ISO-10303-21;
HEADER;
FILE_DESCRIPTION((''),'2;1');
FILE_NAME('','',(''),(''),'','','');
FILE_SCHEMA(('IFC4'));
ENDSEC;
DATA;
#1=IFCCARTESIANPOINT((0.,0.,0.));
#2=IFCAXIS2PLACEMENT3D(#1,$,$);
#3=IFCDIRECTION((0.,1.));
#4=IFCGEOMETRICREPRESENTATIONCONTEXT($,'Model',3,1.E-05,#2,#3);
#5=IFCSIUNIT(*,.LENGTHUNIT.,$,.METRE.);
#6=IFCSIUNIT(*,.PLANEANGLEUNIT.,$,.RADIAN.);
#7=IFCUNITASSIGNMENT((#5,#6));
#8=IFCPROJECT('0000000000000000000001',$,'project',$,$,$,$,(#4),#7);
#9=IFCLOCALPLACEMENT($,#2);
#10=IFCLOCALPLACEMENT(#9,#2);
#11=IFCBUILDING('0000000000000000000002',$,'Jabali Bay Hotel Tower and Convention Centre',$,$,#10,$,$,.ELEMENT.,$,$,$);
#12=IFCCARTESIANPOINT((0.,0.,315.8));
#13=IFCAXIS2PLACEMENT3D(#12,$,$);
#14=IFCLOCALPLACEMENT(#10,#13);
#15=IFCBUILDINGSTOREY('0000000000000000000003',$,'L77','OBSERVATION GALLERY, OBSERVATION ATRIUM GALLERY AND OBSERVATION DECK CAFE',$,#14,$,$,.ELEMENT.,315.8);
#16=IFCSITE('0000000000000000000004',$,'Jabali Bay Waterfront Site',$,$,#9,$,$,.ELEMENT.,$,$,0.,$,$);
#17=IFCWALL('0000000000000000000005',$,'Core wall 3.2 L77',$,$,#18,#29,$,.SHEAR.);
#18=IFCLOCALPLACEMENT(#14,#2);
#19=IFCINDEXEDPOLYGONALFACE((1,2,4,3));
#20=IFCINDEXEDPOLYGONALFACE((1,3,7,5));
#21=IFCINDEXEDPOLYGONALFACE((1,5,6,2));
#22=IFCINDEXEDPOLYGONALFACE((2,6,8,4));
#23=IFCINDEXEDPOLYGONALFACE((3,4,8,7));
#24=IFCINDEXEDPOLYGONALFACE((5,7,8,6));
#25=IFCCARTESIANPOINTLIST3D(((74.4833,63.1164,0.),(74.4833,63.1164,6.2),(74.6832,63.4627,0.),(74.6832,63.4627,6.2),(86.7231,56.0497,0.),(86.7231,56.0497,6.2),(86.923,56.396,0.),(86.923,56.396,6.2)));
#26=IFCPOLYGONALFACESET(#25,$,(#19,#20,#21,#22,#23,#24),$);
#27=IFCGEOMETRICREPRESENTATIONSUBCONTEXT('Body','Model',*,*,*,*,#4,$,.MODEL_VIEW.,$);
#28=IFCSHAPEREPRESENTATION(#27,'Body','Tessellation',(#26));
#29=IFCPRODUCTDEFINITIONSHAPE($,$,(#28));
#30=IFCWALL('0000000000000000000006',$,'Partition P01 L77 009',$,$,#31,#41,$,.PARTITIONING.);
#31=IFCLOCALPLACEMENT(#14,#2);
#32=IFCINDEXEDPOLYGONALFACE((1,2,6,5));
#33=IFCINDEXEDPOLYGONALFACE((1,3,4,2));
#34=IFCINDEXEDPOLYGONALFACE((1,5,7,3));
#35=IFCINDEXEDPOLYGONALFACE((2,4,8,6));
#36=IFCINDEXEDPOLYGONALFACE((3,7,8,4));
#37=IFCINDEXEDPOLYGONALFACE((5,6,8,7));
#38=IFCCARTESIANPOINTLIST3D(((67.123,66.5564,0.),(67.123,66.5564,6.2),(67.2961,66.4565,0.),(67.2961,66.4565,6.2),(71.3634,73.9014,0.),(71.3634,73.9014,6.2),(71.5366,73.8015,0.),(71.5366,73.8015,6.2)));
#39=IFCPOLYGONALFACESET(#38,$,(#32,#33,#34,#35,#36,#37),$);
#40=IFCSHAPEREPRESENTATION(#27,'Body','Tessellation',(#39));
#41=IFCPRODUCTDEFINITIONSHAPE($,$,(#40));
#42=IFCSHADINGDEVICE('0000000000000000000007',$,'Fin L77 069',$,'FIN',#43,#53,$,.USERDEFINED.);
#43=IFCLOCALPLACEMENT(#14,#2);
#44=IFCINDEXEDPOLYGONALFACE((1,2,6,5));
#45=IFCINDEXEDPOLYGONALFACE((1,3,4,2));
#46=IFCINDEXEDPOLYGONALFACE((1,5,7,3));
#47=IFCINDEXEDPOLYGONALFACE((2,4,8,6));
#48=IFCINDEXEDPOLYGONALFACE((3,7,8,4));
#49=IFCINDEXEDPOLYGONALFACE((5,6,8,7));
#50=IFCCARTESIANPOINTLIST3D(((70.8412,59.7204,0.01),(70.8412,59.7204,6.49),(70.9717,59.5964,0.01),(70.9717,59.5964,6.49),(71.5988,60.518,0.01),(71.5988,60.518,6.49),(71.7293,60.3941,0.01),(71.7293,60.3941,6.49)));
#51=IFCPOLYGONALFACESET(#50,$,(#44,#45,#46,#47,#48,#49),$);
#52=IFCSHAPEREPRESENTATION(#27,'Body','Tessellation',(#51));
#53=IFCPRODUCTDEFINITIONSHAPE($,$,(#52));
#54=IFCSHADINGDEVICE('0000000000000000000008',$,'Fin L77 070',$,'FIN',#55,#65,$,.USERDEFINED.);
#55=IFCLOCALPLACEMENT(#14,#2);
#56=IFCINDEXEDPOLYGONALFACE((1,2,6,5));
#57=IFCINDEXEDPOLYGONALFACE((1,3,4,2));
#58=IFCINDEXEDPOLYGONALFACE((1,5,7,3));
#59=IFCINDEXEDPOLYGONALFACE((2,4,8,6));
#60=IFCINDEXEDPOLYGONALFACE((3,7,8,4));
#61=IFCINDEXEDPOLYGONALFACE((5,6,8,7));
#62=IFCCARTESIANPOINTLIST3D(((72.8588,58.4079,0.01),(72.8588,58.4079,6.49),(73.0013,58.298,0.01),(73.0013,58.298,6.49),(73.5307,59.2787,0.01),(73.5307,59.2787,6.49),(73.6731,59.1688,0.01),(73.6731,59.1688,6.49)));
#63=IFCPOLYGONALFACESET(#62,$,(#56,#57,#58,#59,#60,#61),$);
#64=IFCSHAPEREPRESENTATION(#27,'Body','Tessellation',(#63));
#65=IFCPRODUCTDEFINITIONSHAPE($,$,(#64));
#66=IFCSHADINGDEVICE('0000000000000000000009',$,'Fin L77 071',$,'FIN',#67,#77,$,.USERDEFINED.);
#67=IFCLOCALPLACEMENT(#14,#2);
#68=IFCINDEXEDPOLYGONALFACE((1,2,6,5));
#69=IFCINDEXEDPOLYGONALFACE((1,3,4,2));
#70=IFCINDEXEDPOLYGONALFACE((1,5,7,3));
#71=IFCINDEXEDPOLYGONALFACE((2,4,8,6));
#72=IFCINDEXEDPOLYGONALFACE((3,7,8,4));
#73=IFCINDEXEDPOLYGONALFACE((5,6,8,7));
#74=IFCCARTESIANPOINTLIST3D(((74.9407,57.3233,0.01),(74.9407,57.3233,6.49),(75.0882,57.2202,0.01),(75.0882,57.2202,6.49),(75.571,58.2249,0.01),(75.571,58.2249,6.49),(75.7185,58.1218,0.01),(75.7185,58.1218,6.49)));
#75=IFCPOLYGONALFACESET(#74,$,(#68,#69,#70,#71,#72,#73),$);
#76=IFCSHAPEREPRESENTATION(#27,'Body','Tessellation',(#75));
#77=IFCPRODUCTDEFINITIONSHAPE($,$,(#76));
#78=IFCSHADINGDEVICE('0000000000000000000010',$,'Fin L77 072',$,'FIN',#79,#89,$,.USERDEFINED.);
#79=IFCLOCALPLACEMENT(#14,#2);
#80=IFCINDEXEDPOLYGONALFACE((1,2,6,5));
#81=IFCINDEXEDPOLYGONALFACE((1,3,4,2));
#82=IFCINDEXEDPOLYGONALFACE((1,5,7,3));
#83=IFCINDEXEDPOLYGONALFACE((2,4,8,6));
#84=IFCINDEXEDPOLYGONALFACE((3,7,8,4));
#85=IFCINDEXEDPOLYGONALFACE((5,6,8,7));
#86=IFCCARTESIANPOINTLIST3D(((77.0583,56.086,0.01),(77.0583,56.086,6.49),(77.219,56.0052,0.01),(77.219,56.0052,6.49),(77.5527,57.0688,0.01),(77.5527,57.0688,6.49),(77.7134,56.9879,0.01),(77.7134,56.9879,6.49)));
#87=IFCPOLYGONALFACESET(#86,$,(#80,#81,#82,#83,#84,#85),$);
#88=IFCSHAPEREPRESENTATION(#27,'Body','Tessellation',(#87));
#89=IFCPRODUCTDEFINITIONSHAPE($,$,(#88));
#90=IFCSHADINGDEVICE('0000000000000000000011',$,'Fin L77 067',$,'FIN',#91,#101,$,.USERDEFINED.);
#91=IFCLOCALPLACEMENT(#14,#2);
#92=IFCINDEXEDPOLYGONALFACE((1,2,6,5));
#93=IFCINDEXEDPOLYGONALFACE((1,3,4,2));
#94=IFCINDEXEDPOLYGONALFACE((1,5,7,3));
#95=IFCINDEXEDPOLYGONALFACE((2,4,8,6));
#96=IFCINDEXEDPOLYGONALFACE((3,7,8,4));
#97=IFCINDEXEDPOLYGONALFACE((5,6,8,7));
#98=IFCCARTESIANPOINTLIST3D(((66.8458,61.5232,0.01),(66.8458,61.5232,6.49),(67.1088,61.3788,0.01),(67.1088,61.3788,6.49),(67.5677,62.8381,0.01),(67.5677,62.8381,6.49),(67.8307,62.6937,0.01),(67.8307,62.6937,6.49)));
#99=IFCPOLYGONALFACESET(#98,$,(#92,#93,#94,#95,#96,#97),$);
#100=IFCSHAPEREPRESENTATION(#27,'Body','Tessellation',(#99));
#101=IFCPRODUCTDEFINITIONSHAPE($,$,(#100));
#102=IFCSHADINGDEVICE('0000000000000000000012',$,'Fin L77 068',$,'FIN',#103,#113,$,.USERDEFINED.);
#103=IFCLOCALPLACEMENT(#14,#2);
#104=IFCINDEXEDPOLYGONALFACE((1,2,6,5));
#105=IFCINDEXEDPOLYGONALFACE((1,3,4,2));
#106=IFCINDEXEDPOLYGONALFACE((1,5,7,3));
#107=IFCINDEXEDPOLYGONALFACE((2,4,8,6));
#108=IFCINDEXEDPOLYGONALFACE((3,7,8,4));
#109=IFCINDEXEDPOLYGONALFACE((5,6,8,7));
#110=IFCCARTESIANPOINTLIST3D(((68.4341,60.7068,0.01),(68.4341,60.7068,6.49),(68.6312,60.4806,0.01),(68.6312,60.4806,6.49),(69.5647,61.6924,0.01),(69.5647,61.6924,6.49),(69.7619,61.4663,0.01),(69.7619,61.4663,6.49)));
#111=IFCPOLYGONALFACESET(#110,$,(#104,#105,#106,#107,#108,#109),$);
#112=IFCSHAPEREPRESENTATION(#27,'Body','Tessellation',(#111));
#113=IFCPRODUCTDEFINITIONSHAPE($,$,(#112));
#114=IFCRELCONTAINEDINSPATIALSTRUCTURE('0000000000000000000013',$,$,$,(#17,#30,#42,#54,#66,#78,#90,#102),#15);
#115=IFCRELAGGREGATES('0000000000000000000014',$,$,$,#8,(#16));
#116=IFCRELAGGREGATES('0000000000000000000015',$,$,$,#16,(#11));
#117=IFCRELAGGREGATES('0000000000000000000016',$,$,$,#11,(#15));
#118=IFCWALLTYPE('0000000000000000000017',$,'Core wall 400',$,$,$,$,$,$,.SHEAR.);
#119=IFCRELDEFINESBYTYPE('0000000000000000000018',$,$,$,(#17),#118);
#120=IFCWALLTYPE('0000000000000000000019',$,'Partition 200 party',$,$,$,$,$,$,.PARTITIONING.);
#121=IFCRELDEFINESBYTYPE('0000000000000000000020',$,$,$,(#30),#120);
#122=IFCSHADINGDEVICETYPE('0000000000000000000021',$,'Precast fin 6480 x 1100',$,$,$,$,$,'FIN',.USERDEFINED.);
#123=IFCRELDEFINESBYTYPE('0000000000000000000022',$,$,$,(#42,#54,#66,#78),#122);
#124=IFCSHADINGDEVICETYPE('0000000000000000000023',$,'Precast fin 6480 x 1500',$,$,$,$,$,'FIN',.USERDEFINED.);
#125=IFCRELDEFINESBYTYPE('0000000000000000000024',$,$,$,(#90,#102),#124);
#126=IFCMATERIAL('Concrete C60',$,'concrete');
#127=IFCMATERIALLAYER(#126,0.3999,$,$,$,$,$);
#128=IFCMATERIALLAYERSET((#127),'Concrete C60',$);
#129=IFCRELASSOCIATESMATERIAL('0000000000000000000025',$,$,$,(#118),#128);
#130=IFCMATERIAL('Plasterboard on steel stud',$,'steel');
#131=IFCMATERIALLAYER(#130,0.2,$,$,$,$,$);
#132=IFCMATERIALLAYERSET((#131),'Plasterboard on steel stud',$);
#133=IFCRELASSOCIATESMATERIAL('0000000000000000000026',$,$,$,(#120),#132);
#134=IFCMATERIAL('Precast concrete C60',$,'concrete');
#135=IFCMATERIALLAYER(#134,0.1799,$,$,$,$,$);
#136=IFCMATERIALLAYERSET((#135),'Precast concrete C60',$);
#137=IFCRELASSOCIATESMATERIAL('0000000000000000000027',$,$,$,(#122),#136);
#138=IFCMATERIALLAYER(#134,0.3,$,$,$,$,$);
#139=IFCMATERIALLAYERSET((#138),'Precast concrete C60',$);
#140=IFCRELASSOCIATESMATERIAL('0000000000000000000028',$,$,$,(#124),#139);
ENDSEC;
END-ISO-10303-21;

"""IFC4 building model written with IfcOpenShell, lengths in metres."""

from ifc_helpers import new_model, si_unit, direction, frame, frame_2d, origin, place, context, subcontext, project, spatial, rectangle, extrude, material, layer, layer_set, type_object, element, save


model = new_model("IFC4")

# Units and contexts
model_context = context("Model", 3, precision=1e-05, world=origin(), true_north=direction((0.0, 1.0)))
body_context = subcontext(model_context, "Body", "Model", "MODEL_VIEW")
ifc_project = project(units=[si_unit("LENGTHUNIT", "METRE"), si_unit("PLANEANGLEUNIT", "RADIAN")], contexts=[model_context])

# Site, building, storey
site_placement = place(None, origin())
site = spatial("IfcSite", under=ifc_project, at=site_placement, Name="Jabali Bay Waterfront Site", CompositionType="ELEMENT", RefElevation=0.0)
building_placement = place(site_placement, origin())
building = spatial("IfcBuilding", under=site, at=building_placement, Name="Jabali Bay Hotel Tower and Convention Centre", CompositionType="ELEMENT")
storey_placement = place(building_placement, frame((0.0, 0.0, 315.8)))
storey = spatial("IfcBuildingStorey", under=building, at=storey_placement, Name="L77", Description="OBSERVATION GALLERY, OBSERVATION ATRIUM GALLERY AND OBSERVATION DECK CAFE", CompositionType="ELEMENT", Elevation=315.8)

# Shared definitions
ifc_material_1 = material(Name="Concrete C60", Category="concrete")

# Walls
ifc_layer_1 = layer(ifc_material_1, 0.3999)
ifc_layer_set_1 = layer_set([ifc_layer_1], Name="Concrete C60")
wall_type_1 = type_object("IfcWallType", Name="Core wall 400", PredefinedType="SHEAR", material=ifc_layer_set_1)
wall_1_placement = place(storey_placement, frame((74.5833, 63.2896, 0.0), z_axis=(0.0, 0.0, 1.0), x_axis=(0.866024, -0.500002, 0.0)))
element("IfcWall", 1, at=wall_1_placement, inside=storey, type_object=wall_type_1, Name="Core wall 3.2 L77", PredefinedType="SHEAR", context=body_context, shape_type="SweptSolid", body=[
    extrude(rectangle(XDim=14.1333, YDim=0.3999, at=frame_2d((7.0667, 0.0))), origin(), (0.0, 0.0, 1.0), 6.2),
])
ifc_material_2 = material(Name="Plasterboard on steel stud", Category="steel")
ifc_layer_2 = layer(ifc_material_2, 0.2)
ifc_layer_set_2 = layer_set([ifc_layer_2], Name="Plasterboard on steel stud")
wall_type_2 = type_object("IfcWallType", Name="Partition 200 party", PredefinedType="PARTITIONING", material=ifc_layer_set_2)
wall_2_placement = place(storey_placement, frame((67.2095, 66.5063, 0.0), z_axis=(0.0, 0.0, 1.0), x_axis=(0.499987, 0.866033, 0.0)))
element("IfcWall", 2, at=wall_2_placement, inside=storey, type_object=wall_type_2, Name="Partition P01 L77 009", PredefinedType="PARTITIONING", context=body_context, shape_type="SweptSolid", body=[
    extrude(rectangle(XDim=8.4812, YDim=0.2, at=frame_2d((4.2407, 0.0))), origin(), (0.0, 0.0, 1.0), 6.2),
])

# Shading devices
ifc_material_3 = material(Name="Precast concrete C60", Category="concrete")
ifc_layer_3 = layer(ifc_material_3, 0.1799)
ifc_layer_set_3 = layer_set([ifc_layer_3], Name="Precast concrete C60")
shading_device_type_1 = type_object("IfcShadingDeviceType", Name="Precast fin 6480 x 1100", ElementType="FIN", PredefinedType="USERDEFINED", material=ifc_layer_set_3)
shading_device_1_placement = place(storey_placement, frame((71.6641, 60.4561, 0.01), z_axis=(0.0, 0.0, 1.0), x_axis=(-0.688674, -0.725071, 0.0)))
element("IfcShadingDevice", 3, at=shading_device_1_placement, inside=storey, type_object=shading_device_type_1, Name="Fin L77 069", ObjectType="FIN", PredefinedType="USERDEFINED", context=body_context, shape_type="SweptSolid", body=[
    extrude(rectangle(XDim=1.1001, YDim=0.1799, at=frame_2d((0.55, 0.0))), origin(), (0.0, 0.0, 1.0), 6.48),
])
shading_device_2_placement = place(storey_placement, frame((73.6018, 59.2236, 0.01), z_axis=(0.0, 0.0, 1.0), x_axis=(-0.610847, -0.791749, 0.0)))
element("IfcShadingDevice", 4, at=shading_device_2_placement, inside=storey, type_object=shading_device_type_1, Name="Fin L77 070", ObjectType="FIN", PredefinedType="USERDEFINED", context=body_context, shape_type="SweptSolid", body=[
    extrude(rectangle(XDim=1.0999, YDim=0.1799, at=frame_2d((0.5498, 0.0))), origin(), (0.0, 0.0, 1.0), 6.48),
])
for number, where, z_axis, x_axis, name in (
    (5, (75.6448, 58.1733, 0.01), (0.0, 0.0, 1.0), (-0.573001, -0.819555, 0.0), "Fin L77 071"),
    (6, (77.6331, 57.0283, 0.01), (0.0, 0.0, 1.0), (-0.449432, -0.893315, 0.0), "Fin L77 072"),
):
    element("IfcShadingDevice", number, at=place(storey_placement, frame(where, z_axis=z_axis, x_axis=x_axis)), inside=storey, type_object=shading_device_type_1, Name=name, ObjectType="FIN", PredefinedType="USERDEFINED", context=body_context, shape_type="SweptSolid", body=[
        extrude(rectangle(XDim=1.1001, YDim=0.1799, at=frame_2d((0.55, 0.0))), origin(), (0.0, 0.0, 1.0), 6.48),
    ])
ifc_layer_4 = layer(ifc_material_3, 0.3)
ifc_layer_set_4 = layer_set([ifc_layer_4], Name="Precast concrete C60")
shading_device_type_2 = type_object("IfcShadingDeviceType", Name="Precast fin 6480 x 1500", ElementType="FIN", PredefinedType="USERDEFINED", material=ifc_layer_set_4)
for number, where, z_axis, x_axis, name in (
    (7, (67.6992, 62.7659, 0.01), (0.0, 0.0, 1.0), (-0.481256, -0.87658, 0.0), "Fin L77 067"),
    (8, (69.6633, 61.5793, 0.01), (0.0, 0.0, 1.0), (-0.753795, -0.657109, 0.0), "Fin L77 068"),
):
    element("IfcShadingDevice", number, at=place(storey_placement, frame(where, z_axis=z_axis, x_axis=x_axis)), inside=storey, type_object=shading_device_type_2, Name=name, ObjectType="FIN", PredefinedType="USERDEFINED", context=body_context, shape_type="SweptSolid", body=[
        extrude(rectangle(XDim=1.5, YDim=0.3, at=frame_2d((0.75, 0.0))), origin(), (0.0, 0.0, 1.0), 6.48),
    ])

save(model, "model.ifc")
